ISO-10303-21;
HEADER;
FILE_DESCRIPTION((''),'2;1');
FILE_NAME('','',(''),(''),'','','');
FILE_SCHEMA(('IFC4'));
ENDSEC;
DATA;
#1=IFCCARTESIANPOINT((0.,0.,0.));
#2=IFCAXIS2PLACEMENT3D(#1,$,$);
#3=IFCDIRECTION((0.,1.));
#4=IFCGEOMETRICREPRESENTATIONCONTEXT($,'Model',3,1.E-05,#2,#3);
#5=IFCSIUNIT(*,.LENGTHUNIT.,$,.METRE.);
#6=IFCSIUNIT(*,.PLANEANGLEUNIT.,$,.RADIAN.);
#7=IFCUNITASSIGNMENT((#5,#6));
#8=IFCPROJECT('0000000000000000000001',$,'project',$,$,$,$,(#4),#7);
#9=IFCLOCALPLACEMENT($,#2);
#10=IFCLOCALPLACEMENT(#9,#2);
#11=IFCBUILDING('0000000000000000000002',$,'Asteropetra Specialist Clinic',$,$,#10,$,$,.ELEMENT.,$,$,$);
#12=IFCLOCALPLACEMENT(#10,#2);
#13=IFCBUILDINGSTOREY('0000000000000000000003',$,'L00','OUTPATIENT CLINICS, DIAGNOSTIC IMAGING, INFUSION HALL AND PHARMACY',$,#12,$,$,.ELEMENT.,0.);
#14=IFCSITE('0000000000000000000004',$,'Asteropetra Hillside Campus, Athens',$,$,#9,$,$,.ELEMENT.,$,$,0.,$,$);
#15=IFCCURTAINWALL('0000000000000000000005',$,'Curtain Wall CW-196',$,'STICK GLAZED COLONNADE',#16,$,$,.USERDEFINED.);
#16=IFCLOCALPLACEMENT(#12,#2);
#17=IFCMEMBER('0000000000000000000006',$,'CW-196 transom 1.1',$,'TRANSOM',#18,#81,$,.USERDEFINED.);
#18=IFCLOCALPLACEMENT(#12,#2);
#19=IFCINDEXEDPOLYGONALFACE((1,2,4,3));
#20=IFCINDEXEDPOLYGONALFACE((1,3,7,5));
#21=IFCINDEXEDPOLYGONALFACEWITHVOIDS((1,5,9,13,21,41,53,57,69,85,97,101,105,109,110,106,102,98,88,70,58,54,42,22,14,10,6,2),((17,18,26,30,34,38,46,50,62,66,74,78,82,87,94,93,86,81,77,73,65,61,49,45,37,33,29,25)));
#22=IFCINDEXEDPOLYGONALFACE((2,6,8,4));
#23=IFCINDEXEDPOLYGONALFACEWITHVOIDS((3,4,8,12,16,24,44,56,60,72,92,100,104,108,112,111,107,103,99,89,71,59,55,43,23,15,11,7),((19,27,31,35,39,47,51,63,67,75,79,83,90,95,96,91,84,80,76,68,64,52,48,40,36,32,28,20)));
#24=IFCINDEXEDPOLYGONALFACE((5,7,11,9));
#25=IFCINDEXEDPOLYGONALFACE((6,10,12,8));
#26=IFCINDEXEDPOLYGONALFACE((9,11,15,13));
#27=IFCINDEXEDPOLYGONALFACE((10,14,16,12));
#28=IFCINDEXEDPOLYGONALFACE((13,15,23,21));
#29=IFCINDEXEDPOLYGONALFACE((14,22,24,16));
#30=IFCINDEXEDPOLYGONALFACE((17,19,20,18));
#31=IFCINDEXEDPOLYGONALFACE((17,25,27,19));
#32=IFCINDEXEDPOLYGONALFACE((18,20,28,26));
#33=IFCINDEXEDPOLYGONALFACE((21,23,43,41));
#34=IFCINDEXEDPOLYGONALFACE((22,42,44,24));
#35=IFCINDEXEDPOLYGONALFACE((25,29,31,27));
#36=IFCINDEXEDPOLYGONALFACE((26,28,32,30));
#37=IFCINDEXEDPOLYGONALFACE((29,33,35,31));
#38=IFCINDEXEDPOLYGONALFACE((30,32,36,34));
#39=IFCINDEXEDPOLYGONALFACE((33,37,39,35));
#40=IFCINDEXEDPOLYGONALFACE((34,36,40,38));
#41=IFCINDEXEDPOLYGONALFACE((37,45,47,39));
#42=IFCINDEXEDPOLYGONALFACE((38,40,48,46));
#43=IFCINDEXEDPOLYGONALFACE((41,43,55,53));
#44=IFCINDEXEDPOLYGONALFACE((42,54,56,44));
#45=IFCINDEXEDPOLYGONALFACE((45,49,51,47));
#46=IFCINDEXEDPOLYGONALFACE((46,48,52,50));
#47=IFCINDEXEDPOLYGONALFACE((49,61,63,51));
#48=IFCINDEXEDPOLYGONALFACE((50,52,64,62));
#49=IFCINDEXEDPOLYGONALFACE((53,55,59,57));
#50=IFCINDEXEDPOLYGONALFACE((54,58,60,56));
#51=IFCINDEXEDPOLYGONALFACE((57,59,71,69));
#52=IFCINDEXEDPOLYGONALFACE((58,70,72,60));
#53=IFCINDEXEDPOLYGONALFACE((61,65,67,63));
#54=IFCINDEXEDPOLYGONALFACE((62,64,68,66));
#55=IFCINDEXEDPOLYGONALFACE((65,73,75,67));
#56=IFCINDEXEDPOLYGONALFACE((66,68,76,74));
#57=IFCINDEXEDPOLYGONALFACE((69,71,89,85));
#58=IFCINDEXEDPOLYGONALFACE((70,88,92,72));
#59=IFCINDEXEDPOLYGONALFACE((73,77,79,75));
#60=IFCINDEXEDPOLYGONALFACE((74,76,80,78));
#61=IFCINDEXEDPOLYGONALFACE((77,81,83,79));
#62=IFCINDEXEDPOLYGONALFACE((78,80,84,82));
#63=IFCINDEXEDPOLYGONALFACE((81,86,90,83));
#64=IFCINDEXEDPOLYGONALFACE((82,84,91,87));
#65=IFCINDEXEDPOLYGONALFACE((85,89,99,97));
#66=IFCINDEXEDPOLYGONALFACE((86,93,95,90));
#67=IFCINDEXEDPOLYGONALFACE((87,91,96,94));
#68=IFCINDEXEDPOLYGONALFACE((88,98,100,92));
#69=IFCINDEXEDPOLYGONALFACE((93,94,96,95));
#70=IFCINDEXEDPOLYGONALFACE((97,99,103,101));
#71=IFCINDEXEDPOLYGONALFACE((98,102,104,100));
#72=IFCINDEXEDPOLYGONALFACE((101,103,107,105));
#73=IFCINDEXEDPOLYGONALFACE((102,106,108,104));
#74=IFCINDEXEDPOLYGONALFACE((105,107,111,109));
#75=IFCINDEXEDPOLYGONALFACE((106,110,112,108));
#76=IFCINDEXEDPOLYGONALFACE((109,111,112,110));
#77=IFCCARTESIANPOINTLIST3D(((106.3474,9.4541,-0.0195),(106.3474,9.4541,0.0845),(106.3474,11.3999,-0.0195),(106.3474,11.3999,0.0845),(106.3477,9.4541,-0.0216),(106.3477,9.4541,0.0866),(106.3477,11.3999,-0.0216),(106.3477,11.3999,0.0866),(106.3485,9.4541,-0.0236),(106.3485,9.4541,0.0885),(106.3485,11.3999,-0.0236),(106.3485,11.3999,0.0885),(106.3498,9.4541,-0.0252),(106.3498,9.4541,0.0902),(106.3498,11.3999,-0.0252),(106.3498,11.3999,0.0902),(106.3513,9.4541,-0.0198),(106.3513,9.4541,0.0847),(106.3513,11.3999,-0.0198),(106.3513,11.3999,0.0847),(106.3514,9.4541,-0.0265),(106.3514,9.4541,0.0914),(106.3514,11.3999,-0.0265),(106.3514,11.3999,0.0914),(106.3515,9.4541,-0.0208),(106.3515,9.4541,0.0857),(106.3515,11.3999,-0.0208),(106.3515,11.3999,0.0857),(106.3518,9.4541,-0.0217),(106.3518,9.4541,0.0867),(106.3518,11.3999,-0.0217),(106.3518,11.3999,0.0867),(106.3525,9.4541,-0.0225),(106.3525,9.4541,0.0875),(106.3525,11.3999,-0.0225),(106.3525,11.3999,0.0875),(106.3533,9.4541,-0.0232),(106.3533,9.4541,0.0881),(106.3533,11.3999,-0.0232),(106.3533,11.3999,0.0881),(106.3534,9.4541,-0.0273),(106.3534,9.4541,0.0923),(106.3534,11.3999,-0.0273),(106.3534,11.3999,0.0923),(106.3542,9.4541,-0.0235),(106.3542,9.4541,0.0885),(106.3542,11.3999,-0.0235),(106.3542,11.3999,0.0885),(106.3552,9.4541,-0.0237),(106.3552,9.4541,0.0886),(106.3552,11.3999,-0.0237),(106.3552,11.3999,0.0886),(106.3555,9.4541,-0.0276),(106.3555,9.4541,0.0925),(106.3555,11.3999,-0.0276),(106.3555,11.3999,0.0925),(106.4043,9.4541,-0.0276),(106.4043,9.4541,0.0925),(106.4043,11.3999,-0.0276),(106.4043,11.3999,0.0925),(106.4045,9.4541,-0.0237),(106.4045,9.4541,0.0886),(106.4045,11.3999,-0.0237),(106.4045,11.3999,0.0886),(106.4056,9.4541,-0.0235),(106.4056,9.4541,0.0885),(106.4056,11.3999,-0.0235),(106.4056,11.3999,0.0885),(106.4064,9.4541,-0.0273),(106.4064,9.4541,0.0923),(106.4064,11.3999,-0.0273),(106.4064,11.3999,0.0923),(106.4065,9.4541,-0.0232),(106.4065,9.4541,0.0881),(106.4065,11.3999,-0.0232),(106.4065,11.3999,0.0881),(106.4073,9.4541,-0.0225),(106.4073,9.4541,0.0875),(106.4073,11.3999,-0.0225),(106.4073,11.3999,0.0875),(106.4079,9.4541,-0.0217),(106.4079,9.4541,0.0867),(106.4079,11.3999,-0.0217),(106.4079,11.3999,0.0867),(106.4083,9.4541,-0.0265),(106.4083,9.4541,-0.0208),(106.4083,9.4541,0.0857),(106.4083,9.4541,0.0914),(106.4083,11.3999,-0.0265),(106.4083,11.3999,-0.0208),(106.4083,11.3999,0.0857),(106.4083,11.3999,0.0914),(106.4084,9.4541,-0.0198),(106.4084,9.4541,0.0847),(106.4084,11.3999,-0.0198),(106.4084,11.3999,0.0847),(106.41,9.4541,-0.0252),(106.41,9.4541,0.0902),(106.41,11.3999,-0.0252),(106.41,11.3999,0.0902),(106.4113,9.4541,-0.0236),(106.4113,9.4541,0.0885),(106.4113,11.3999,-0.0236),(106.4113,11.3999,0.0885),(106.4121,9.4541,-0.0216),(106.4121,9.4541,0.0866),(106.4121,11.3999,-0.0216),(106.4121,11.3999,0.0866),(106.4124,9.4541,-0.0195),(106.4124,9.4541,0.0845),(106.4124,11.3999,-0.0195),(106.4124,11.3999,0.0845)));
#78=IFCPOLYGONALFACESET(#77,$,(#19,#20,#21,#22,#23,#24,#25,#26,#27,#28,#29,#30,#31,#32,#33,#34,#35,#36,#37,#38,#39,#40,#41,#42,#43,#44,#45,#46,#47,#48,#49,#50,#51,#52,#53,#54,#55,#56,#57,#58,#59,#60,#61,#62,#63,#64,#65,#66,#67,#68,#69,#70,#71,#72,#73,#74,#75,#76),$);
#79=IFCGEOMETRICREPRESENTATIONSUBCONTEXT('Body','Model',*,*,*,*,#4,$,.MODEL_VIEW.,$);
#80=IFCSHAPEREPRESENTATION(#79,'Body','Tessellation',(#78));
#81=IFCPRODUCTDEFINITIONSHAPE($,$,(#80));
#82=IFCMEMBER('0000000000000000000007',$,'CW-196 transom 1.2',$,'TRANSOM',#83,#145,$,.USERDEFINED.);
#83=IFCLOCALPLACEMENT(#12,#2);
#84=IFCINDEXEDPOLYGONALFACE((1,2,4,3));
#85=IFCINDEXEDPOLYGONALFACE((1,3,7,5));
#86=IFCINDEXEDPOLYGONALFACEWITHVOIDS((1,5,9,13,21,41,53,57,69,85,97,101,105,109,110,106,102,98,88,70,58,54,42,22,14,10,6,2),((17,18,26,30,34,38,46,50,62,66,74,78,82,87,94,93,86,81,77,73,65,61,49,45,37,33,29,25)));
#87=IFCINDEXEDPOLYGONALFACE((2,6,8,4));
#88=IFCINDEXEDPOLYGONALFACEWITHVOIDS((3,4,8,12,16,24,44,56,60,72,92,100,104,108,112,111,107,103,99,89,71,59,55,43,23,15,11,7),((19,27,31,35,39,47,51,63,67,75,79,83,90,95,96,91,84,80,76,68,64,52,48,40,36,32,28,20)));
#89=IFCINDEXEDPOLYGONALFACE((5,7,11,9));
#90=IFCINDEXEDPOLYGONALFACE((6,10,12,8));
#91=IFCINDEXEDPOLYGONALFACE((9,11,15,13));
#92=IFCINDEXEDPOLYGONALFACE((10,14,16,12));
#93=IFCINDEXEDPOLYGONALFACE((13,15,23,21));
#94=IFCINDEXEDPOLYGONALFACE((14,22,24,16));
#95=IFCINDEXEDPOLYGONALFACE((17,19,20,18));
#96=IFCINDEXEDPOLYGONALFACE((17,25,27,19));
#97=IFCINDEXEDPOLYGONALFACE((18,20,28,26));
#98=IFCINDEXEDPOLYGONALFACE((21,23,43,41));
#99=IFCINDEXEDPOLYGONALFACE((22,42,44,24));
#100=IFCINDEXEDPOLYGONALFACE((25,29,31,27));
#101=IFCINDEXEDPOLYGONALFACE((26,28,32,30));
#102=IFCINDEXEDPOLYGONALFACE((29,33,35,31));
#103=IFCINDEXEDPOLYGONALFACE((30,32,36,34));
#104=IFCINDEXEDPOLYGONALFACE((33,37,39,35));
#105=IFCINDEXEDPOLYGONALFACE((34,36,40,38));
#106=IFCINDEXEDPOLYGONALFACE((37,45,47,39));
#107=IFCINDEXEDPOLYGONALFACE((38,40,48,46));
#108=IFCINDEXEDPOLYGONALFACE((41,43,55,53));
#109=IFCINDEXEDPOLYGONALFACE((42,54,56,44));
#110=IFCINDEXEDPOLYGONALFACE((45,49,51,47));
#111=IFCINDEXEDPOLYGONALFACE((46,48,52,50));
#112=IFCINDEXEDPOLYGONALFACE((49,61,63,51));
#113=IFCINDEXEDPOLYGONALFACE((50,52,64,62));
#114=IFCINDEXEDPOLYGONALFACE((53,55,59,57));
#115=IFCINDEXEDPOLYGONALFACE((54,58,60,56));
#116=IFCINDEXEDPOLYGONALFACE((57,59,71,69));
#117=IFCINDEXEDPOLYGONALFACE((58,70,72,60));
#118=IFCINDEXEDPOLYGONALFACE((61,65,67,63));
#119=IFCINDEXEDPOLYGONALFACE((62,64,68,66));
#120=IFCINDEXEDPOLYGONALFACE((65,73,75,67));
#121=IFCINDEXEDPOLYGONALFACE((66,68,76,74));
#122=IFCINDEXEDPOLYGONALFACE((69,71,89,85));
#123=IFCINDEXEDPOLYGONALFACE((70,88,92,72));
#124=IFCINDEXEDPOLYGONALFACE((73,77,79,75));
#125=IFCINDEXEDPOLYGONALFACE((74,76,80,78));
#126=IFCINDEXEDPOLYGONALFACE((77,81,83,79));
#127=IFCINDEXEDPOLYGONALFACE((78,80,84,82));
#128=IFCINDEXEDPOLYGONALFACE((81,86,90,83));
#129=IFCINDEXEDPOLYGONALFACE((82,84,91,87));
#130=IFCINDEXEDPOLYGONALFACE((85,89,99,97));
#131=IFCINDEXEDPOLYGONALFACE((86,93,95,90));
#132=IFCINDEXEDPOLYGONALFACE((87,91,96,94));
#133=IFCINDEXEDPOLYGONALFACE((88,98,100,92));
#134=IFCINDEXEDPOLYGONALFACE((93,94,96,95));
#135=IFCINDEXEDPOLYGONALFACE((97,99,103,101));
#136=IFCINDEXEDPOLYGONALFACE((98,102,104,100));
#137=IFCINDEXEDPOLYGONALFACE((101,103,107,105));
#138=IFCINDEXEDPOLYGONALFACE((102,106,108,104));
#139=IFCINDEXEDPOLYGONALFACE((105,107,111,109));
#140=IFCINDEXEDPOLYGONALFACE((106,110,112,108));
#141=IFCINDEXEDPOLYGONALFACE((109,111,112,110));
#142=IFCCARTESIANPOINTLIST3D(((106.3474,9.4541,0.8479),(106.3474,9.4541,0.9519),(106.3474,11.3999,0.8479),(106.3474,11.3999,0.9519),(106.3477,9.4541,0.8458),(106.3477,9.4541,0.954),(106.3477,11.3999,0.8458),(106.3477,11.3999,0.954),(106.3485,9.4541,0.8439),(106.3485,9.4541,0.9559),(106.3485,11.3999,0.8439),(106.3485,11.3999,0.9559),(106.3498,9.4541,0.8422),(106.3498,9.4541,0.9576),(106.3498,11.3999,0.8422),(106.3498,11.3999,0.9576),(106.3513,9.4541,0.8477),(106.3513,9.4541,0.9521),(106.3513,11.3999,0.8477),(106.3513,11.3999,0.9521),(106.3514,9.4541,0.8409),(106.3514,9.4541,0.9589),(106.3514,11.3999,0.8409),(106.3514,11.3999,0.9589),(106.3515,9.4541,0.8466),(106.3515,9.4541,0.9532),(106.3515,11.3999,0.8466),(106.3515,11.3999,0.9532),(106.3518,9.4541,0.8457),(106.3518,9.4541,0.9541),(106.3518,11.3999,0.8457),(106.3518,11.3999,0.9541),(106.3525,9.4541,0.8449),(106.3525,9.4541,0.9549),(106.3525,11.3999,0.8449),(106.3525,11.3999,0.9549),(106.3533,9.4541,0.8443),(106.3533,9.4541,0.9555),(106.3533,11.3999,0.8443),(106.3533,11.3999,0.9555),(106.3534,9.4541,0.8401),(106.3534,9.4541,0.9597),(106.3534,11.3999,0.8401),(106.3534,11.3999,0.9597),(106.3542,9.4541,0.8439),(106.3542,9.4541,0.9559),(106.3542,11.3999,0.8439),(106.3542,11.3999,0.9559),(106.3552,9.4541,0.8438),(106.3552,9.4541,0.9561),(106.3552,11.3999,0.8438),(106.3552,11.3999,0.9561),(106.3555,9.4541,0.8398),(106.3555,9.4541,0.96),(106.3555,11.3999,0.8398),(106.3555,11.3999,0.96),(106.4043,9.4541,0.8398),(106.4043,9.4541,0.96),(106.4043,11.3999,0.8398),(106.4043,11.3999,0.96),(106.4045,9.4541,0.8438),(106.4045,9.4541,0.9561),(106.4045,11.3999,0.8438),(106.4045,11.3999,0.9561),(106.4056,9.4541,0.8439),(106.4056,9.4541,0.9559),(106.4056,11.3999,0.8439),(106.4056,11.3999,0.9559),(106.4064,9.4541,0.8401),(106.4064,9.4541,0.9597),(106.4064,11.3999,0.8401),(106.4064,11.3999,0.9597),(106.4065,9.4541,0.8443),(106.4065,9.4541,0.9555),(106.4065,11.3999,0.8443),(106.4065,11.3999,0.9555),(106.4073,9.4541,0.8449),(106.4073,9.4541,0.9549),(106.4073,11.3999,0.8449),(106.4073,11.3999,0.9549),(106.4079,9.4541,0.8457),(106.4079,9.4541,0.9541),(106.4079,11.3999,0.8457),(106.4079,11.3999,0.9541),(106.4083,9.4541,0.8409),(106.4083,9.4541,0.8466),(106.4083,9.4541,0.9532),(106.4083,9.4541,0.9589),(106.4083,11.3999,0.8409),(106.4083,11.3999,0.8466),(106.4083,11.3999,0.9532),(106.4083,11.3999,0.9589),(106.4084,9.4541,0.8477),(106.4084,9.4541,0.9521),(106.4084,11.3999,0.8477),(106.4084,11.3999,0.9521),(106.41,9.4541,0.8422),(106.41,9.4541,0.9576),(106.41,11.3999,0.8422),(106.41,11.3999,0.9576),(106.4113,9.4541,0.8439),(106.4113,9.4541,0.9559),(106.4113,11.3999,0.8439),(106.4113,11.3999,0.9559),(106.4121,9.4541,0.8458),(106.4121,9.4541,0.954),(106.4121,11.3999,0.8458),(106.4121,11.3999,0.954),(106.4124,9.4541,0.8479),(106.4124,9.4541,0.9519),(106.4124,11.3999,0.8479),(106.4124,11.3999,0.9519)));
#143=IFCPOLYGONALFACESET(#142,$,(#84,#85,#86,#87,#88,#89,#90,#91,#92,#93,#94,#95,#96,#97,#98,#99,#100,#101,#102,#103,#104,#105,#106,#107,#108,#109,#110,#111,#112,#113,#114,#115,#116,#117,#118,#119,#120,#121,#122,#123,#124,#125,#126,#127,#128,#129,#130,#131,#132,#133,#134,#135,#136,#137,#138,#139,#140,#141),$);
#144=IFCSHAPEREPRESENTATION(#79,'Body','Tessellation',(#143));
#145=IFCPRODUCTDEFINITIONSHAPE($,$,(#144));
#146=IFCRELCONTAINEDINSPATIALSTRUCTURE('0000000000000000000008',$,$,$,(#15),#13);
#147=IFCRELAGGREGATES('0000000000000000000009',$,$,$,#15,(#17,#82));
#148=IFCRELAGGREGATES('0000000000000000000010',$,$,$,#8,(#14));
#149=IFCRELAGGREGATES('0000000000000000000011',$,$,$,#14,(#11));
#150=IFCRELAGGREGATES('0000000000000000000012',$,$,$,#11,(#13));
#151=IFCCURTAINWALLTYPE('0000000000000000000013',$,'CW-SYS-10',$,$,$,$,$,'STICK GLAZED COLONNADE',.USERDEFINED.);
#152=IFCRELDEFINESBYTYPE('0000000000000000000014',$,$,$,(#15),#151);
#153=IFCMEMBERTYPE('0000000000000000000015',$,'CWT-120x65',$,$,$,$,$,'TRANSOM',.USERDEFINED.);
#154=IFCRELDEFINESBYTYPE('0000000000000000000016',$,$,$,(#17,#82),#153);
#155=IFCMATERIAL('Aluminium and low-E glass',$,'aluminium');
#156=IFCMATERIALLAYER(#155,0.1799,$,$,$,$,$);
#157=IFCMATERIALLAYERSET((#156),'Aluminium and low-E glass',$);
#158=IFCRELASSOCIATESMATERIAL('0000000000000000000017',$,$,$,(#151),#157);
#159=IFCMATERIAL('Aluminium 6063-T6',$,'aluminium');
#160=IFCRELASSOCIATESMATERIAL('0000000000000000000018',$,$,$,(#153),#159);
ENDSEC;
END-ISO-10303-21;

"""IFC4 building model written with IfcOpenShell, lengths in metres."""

from ifc_helpers import new_model, si_unit, direction, frame, origin, origin_2d, place, context, subcontext, project, spatial, hollow_rectangle, extrude, material, layer, layer_set, material_profile, profile_set, type_object, element, aggregate, save


model = new_model("IFC4")

# Units and contexts
model_context = context("Model", 3, precision=1e-05, world=origin(), true_north=direction((0.0, 1.0)))
body_context = subcontext(model_context, "Body", "Model", "MODEL_VIEW")
ifc_project = project(units=[si_unit("LENGTHUNIT", "METRE"), si_unit("PLANEANGLEUNIT", "RADIAN")], contexts=[model_context])

# Site, building, storey
site_placement = place(None, origin())
site = spatial("IfcSite", under=ifc_project, at=site_placement, Name="Asteropetra Hillside Campus, Athens", CompositionType="ELEMENT", RefElevation=0.0)
building_placement = place(site_placement, origin())
building = spatial("IfcBuilding", under=site, at=building_placement, Name="Asteropetra Specialist Clinic", CompositionType="ELEMENT")
storey_placement = place(building_placement, origin())
storey = spatial("IfcBuildingStorey", under=building, at=storey_placement, Name="L00", Description="OUTPATIENT CLINICS, DIAGNOSTIC IMAGING, INFUSION HALL AND PHARMACY", CompositionType="ELEMENT", Elevation=0.0)

# Curtain wall
ifc_material_1 = material(Name="Aluminium and low-E glass", Category="aluminium")
ifc_layer_1 = layer(ifc_material_1, 0.1799)
ifc_layer_set_1 = layer_set([ifc_layer_1], Name="Aluminium and low-E glass")
curtain_wall_type_1 = type_object("IfcCurtainWallType", Name="CW-SYS-10", ElementType="STICK GLAZED COLONNADE", PredefinedType="USERDEFINED", material=ifc_layer_set_1)
curtain_wall_1_placement = place(storey_placement, origin())
curtain_wall_1 = element("IfcCurtainWall", 1, at=curtain_wall_1_placement, inside=storey, type_object=curtain_wall_type_1, Name="Curtain Wall CW-196", ObjectType="STICK GLAZED COLONNADE", PredefinedType="USERDEFINED")

# Members
ifc_material_2 = material(Name="Aluminium 6063-T6", Category="aluminium")
ifc_material_profile_1 = material_profile(ifc_material_2, hollow_rectangle(XDim=0.0649, YDim=0.1201, WallThickness=0.0039, InnerFilletRadius=0.0039, OuterFilletRadius=0.0081, at=origin_2d()), Name="TRN 120x65x4.0")
ifc_profile_set_1 = profile_set([ifc_material_profile_1], Name="Aluminium 6063-T6")
member_type_1 = type_object("IfcMemberType", Name="CWT-120x65", ElementType="TRANSOM", PredefinedType="USERDEFINED", material=ifc_profile_set_1)
member_1_placement = place(storey_placement, frame((106.3799, 11.3999, 0.0325), z_axis=(0.0, -1.0, 0.0), x_axis=(1.0, 0.0, 0.0)))
member_1 = element("IfcMember", 2, at=member_1_placement, type_object=member_type_1, Name="CW-196 transom 1.1", ObjectType="TRANSOM", PredefinedType="USERDEFINED", context=body_context, shape_type="SweptSolid", body=[
    extrude(hollow_rectangle(XDim=0.0649, YDim=0.1201, WallThickness=0.0039, InnerFilletRadius=0.0039, OuterFilletRadius=0.0081, at=origin_2d()), origin(), (0.0, 0.0, 1.0), 1.9458),
])
member_2_placement = place(storey_placement, frame((106.3799, 11.3999, 0.8999), z_axis=(0.0, -1.0, 0.0), x_axis=(1.0, 0.0, 0.0)))
member_2 = element("IfcMember", 3, at=member_2_placement, type_object=member_type_1, Name="CW-196 transom 1.2", ObjectType="TRANSOM", PredefinedType="USERDEFINED", context=body_context, shape_type="SweptSolid", body=[
    extrude(hollow_rectangle(XDim=0.0649, YDim=0.1201, WallThickness=0.0039, InnerFilletRadius=0.0039, OuterFilletRadius=0.0081, at=origin_2d()), origin(), (0.0, 0.0, 1.0), 1.9458),
])

aggregate(curtain_wall_1, [member_1, member_2])

save(model, "model.ifc")
